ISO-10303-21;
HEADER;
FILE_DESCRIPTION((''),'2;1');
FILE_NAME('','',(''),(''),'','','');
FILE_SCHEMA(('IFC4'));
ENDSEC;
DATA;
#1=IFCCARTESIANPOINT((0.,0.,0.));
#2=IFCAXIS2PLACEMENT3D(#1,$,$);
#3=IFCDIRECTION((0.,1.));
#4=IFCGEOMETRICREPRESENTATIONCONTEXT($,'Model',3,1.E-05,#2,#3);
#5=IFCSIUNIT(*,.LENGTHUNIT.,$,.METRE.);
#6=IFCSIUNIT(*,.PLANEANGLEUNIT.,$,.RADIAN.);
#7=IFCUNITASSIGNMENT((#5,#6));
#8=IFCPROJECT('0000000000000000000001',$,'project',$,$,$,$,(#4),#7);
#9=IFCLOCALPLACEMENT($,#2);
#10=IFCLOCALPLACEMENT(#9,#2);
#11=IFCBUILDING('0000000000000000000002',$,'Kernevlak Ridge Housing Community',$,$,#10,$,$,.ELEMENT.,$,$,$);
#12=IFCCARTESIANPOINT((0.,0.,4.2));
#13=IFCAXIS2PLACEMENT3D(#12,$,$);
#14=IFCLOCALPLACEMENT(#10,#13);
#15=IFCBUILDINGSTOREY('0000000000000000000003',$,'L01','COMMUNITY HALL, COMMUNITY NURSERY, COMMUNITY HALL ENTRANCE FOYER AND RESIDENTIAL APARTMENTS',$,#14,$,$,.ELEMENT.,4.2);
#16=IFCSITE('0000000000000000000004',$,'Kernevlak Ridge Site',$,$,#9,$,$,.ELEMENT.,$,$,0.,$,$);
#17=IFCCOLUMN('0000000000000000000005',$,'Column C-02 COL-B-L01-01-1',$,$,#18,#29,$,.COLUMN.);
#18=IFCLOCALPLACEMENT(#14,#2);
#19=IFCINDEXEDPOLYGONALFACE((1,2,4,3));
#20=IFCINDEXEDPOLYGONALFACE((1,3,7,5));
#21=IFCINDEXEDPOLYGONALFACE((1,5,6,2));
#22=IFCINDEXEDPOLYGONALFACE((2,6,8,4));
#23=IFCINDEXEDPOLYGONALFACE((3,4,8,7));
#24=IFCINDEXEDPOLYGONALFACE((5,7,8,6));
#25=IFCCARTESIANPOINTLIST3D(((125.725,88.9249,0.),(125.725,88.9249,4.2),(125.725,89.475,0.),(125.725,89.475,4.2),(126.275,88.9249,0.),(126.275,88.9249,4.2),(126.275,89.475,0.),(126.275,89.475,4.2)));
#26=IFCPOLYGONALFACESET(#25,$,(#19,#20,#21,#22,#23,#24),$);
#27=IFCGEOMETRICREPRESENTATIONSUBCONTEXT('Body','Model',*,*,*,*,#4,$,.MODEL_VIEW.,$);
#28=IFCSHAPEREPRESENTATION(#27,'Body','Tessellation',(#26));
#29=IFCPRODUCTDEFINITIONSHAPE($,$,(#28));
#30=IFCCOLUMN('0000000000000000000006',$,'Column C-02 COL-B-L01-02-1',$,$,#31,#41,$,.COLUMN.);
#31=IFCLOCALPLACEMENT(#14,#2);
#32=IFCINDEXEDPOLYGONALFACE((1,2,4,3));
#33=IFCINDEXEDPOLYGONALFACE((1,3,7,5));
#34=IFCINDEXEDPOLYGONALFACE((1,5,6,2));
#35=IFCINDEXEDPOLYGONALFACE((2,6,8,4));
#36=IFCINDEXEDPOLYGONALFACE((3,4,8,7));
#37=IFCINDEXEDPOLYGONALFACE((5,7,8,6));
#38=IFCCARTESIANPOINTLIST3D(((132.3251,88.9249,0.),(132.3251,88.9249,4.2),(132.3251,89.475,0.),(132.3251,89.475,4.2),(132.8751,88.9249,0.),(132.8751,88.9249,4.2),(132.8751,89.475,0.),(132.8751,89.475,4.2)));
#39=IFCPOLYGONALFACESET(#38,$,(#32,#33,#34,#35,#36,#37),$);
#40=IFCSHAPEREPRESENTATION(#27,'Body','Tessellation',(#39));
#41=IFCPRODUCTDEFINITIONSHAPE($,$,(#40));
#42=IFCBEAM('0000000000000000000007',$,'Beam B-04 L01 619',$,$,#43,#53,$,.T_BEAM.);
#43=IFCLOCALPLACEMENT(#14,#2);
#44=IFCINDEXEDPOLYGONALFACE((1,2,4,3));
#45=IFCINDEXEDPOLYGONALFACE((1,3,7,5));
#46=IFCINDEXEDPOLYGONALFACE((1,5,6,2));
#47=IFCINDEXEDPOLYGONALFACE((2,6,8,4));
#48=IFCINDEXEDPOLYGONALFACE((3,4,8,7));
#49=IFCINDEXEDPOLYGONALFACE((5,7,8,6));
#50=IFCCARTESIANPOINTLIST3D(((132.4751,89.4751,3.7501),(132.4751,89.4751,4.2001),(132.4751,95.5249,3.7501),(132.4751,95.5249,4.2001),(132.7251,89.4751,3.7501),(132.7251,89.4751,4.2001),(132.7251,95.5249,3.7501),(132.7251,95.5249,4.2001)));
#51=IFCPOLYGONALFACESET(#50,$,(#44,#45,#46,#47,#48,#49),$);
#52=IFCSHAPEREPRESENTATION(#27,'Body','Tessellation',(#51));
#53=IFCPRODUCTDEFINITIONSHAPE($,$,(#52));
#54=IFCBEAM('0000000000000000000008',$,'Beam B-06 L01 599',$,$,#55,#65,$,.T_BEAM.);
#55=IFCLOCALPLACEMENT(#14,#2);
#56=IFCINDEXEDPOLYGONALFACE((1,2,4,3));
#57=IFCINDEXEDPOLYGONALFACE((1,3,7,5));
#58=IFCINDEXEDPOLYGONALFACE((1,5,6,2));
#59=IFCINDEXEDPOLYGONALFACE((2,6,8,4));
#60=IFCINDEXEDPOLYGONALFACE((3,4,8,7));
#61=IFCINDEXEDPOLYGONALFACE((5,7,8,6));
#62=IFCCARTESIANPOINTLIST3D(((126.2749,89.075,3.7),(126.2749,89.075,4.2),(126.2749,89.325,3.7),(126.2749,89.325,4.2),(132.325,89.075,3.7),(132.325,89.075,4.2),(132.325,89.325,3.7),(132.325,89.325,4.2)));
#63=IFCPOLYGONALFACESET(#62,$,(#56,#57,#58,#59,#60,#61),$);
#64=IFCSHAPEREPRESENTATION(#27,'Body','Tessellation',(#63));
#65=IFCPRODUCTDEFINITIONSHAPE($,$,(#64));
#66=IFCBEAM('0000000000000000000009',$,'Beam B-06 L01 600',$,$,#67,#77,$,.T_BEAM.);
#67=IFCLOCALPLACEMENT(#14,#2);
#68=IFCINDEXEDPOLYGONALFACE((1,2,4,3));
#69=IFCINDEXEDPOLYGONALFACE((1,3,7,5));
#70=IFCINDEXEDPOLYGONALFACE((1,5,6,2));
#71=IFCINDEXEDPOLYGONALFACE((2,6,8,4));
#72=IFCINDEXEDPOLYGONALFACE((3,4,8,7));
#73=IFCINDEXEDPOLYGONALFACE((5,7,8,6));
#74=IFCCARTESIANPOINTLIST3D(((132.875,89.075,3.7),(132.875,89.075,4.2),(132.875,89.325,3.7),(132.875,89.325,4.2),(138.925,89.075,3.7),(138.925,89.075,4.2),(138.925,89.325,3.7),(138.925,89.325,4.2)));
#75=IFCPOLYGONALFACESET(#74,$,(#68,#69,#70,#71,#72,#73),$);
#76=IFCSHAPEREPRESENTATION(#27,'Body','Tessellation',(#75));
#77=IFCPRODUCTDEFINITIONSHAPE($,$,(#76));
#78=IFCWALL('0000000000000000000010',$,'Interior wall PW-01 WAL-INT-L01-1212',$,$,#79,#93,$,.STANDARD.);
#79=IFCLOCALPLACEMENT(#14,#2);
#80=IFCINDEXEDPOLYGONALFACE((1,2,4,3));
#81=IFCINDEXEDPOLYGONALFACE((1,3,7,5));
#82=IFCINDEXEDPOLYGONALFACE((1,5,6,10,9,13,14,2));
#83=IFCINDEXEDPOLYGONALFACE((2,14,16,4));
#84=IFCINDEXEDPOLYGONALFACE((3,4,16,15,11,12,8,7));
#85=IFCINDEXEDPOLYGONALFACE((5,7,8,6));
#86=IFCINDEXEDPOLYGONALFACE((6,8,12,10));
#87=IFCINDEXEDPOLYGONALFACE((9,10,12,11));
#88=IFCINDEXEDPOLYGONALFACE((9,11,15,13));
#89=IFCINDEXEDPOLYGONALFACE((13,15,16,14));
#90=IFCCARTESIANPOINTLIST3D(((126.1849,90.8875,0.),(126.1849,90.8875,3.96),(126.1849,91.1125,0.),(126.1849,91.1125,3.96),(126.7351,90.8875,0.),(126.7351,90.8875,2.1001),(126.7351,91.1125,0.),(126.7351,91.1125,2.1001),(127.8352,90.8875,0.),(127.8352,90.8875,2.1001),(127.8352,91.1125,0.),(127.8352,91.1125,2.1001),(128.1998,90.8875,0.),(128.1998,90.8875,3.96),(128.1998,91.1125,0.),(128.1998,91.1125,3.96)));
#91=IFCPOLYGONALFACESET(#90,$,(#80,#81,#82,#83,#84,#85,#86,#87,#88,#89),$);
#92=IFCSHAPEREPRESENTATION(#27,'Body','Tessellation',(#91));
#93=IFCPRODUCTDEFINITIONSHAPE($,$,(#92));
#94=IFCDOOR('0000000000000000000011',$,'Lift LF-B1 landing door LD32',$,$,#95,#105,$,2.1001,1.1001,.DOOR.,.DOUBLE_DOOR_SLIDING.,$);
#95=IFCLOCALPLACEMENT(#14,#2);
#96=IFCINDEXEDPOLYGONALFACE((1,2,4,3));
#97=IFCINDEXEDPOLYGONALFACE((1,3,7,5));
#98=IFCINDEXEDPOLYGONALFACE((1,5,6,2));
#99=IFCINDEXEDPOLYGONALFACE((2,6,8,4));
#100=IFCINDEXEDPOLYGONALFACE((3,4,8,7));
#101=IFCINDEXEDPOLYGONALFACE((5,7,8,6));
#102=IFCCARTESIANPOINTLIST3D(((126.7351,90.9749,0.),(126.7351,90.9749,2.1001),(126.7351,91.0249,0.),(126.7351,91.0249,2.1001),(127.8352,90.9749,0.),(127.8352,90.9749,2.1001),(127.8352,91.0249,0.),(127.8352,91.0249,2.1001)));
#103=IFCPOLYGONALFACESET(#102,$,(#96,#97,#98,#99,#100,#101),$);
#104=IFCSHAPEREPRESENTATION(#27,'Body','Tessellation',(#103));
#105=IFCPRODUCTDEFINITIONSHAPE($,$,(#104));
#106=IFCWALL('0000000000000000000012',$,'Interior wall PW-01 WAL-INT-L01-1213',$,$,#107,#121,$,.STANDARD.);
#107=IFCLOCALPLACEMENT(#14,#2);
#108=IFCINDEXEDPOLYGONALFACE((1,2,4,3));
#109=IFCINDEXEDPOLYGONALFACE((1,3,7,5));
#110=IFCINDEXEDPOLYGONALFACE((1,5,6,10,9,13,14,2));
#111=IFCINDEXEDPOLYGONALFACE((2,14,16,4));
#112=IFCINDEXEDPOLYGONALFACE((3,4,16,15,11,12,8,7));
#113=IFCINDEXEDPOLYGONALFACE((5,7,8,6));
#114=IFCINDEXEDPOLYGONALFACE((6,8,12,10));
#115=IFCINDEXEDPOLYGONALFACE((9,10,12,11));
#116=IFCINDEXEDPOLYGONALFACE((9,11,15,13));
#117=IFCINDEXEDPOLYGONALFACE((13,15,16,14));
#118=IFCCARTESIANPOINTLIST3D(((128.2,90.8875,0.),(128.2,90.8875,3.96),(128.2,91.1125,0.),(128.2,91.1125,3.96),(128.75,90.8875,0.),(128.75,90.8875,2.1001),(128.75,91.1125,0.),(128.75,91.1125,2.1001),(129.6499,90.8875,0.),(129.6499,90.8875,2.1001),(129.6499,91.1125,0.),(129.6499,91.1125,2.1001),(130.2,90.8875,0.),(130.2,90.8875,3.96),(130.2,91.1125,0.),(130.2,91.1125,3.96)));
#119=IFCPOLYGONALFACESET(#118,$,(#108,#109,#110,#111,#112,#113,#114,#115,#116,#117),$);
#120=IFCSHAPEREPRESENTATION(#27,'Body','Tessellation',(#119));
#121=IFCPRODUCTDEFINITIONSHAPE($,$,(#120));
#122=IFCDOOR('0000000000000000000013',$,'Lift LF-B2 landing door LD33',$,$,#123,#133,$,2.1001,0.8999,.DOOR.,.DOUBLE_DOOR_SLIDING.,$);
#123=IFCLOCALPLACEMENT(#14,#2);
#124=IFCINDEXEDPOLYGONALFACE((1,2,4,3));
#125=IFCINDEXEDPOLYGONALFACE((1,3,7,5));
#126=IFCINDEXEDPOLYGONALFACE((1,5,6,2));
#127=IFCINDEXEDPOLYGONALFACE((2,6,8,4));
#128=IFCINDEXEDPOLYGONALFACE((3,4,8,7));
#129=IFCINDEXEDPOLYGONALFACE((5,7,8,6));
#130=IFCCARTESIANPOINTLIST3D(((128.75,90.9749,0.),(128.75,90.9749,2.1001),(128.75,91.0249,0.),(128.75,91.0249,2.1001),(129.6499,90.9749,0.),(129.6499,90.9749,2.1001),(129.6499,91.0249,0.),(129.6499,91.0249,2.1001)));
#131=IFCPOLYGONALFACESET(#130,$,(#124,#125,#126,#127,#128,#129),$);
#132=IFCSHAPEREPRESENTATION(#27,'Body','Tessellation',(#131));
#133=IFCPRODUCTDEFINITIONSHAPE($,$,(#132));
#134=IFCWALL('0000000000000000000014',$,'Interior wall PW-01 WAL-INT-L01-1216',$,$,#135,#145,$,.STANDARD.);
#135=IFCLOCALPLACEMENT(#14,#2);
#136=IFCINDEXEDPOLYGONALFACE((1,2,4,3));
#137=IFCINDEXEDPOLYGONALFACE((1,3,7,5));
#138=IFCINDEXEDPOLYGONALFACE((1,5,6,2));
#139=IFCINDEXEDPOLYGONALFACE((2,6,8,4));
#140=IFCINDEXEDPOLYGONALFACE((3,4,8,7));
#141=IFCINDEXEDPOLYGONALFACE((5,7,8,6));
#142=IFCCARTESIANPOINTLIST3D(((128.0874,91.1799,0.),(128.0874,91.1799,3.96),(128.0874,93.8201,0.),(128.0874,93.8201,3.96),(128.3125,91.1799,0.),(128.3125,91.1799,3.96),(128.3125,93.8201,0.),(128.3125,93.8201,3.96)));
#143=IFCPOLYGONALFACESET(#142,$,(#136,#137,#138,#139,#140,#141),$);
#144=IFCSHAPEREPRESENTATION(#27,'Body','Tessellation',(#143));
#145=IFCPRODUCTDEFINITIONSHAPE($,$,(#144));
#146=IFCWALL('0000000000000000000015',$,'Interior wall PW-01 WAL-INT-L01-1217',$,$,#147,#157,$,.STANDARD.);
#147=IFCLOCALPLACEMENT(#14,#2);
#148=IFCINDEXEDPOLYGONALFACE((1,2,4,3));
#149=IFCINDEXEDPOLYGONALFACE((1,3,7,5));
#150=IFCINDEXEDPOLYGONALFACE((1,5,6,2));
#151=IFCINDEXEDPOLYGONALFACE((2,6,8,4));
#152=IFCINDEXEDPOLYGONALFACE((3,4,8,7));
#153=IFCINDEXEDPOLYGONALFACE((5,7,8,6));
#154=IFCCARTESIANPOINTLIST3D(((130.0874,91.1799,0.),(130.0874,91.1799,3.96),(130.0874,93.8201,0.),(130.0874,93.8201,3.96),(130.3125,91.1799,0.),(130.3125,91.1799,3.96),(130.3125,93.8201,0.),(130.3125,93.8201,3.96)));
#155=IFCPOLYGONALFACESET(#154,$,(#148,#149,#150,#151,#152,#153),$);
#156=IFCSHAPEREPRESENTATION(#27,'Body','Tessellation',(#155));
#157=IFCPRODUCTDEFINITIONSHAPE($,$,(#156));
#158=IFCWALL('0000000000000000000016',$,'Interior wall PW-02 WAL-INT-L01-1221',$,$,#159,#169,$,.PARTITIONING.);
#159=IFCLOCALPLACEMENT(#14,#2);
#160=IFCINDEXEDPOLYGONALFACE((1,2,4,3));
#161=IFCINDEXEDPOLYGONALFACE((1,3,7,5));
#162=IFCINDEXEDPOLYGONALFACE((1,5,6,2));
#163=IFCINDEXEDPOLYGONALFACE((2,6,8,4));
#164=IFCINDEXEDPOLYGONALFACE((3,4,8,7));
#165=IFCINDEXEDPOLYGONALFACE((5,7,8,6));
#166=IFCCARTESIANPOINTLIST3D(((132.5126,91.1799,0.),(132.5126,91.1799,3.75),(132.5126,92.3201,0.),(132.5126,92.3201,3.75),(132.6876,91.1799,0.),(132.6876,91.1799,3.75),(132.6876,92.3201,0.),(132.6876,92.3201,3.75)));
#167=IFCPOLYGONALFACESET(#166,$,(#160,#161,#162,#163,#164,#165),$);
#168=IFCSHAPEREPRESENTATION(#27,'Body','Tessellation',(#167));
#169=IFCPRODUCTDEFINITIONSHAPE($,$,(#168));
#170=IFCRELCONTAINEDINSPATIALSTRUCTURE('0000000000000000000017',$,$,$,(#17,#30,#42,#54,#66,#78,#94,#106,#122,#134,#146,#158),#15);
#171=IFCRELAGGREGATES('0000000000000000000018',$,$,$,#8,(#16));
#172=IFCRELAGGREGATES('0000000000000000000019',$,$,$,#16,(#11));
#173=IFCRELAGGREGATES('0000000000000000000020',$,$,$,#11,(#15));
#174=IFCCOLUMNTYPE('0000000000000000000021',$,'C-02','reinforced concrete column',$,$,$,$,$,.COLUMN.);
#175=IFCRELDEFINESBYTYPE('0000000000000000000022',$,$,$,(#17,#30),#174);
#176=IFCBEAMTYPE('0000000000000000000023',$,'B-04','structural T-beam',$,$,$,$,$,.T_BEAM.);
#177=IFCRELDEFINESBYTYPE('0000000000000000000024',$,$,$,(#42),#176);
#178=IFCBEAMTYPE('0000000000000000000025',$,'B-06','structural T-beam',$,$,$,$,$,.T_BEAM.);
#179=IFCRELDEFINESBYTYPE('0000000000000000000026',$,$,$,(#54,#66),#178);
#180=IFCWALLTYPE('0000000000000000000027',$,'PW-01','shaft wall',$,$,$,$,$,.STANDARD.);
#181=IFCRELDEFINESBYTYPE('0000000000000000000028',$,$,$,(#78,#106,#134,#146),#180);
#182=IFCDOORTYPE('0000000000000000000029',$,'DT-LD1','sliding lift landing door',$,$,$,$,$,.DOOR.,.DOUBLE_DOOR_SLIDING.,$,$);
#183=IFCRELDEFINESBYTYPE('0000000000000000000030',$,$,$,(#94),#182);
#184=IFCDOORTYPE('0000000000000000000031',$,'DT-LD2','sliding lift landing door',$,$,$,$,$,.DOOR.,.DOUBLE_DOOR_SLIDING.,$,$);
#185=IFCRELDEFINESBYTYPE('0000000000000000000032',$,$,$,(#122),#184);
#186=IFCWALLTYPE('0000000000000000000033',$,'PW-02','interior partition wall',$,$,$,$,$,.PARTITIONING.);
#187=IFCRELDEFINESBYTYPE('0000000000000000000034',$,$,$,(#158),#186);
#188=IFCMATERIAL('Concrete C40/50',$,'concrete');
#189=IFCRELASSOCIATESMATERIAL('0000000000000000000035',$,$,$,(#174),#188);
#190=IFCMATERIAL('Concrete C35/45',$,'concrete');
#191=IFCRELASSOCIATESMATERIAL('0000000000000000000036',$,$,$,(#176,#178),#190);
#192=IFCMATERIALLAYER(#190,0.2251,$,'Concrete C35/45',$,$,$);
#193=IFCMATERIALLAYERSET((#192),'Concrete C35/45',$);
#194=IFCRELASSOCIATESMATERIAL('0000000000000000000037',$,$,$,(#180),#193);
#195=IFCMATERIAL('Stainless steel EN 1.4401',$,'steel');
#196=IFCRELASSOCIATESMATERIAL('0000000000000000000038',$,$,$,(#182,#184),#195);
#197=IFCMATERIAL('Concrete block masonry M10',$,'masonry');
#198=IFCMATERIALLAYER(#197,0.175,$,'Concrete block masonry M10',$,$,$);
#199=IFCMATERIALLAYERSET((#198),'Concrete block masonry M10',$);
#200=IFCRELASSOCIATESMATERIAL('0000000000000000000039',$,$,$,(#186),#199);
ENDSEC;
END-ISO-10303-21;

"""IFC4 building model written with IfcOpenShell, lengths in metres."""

from ifc_helpers import new_model, si_unit, direction, frame, frame_2d, origin, origin_2d, place, context, subcontext, project, spatial, rectangle, extrude, material, layer, layer_set, material_profile, profile_set, type_object, element, fill, save


model = new_model("IFC4")

# Units and contexts
model_context = context("Model", 3, precision=1e-05, world=origin(), true_north=direction((0.0, 1.0)))
body_context = subcontext(model_context, "Body", "Model", "MODEL_VIEW")
ifc_project = project(units=[si_unit("LENGTHUNIT", "METRE"), si_unit("PLANEANGLEUNIT", "RADIAN")], contexts=[model_context])

# Site, building, storey
site_placement = place(None, origin())
site = spatial("IfcSite", under=ifc_project, at=site_placement, Name="Kernevlak Ridge Site", CompositionType="ELEMENT", RefElevation=0.0)
building_placement = place(site_placement, origin())
building = spatial("IfcBuilding", under=site, at=building_placement, Name="Kernevlak Ridge Housing Community", CompositionType="ELEMENT")
storey_placement = place(building_placement, frame((0.0, 0.0, 4.2)))
storey = spatial("IfcBuildingStorey", under=building, at=storey_placement, Name="L01", Description="COMMUNITY HALL, COMMUNITY NURSERY, COMMUNITY HALL ENTRANCE FOYER AND RESIDENTIAL APARTMENTS", CompositionType="ELEMENT", Elevation=4.2)

# Columns
ifc_material_1 = material(Name="Concrete C40/50", Category="concrete")
ifc_material_profile_1 = material_profile(ifc_material_1, rectangle(XDim=0.55, YDim=0.55, at=origin_2d()), Name="RC 550x550")
ifc_profile_set_1 = profile_set([ifc_material_profile_1], Name="Concrete C40/50")
column_type = type_object("IfcColumnType", Name="C-02", Description="reinforced concrete column", PredefinedType="COLUMN", material=ifc_profile_set_1)
for number, where, z_axis, x_axis, name in (
    (1, (126.0, 89.2, 0.0), (0.0, 0.0, 1.0), (1.0, 0.0, 0.0), "Column C-02 COL-B-L01-01-1"),
    (2, (132.6001, 89.2, 0.0), (0.0, 0.0, 1.0), (1.0, 0.0, 0.0), "Column C-02 COL-B-L01-02-1"),
):
    element("IfcColumn", number, at=place(storey_placement, frame(where, z_axis=z_axis, x_axis=x_axis)), inside=storey, type_object=column_type, Name=name, PredefinedType="COLUMN", context=body_context, shape_type="SweptSolid", body=[
        extrude(rectangle(XDim=0.55, YDim=0.55, at=origin_2d()), origin(), (0.0, 0.0, 1.0), 4.2),
    ])

# Beams
ifc_material_2 = material(Name="Concrete C35/45", Category="concrete")
ifc_material_profile_2 = material_profile(ifc_material_2, rectangle(XDim=0.25, YDim=0.45, at=origin_2d()), Name="RC 250x450")
ifc_profile_set_2 = profile_set([ifc_material_profile_2], Name="Concrete C35/45")
beam_type_1 = type_object("IfcBeamType", Name="B-04", Description="structural T-beam", PredefinedType="T_BEAM", material=ifc_profile_set_2)
beam_placement = place(storey_placement, frame((132.6001, 89.4751, 3.9751), z_axis=(0.0, 1.0, 0.0), x_axis=(-1.0, 0.0, 0.0)))
element("IfcBeam", 3, at=beam_placement, inside=storey, type_object=beam_type_1, Name="Beam B-04 L01 619", PredefinedType="T_BEAM", context=body_context, shape_type="SweptSolid", body=[
    extrude(rectangle(XDim=0.25, YDim=0.45, at=origin_2d()), origin(), (0.0, 0.0, 1.0), 6.0498),
])
ifc_material_profile_3 = material_profile(ifc_material_2, rectangle(XDim=0.25, YDim=0.5, at=origin_2d()), Name="RC 250x500")
ifc_profile_set_3 = profile_set([ifc_material_profile_3], Name="Concrete C35/45")
beam_type_2 = type_object("IfcBeamType", Name="B-06", Description="structural T-beam", PredefinedType="T_BEAM", material=ifc_profile_set_3)
for number, where, z_axis, x_axis, name in (
    (4, (126.2749, 89.2, 3.95), (1.0, 0.0, 0.0), (0.0, 1.0, 0.0), "Beam B-06 L01 599"),
    (5, (132.875, 89.2, 3.95), (1.0, 0.0, 0.0), (0.0, 1.0, 0.0), "Beam B-06 L01 600"),
):
    element("IfcBeam", number, at=place(storey_placement, frame(where, z_axis=z_axis, x_axis=x_axis)), inside=storey, type_object=beam_type_2, Name=name, PredefinedType="T_BEAM", context=body_context, shape_type="SweptSolid", body=[
        extrude(rectangle(XDim=0.25, YDim=0.5, at=origin_2d()), origin(), (0.0, 0.0, 1.0), 6.05),
    ])

# Walls, openings, doors
ifc_layer_1 = layer(ifc_material_2, 0.2251, Name="Concrete C35/45")
ifc_layer_set_1 = layer_set([ifc_layer_1], Name="Concrete C35/45")
wall_type_1 = type_object("IfcWallType", Name="PW-01", Description="shaft wall", PredefinedType="STANDARD", material=ifc_layer_set_1)
wall_1_placement = place(storey_placement, frame((126.1851, 91.0, 0.0), z_axis=(0.0, 0.0, 1.0), x_axis=(1.0, 0.0, 0.0)))
wall_1 = element("IfcWall", 6, at=wall_1_placement, inside=storey, type_object=wall_type_1, Name="Interior wall PW-01 WAL-INT-L01-1212", PredefinedType="STANDARD", context=body_context, shape_type="SweptSolid", body=[
    extrude(rectangle(XDim=2.0149, YDim=0.2251, at=frame_2d((1.0073, 0.0))), origin(), (0.0, 0.0, 1.0), 3.96),
])
opening_1_placement = place(wall_1_placement, frame((0.55, 0.0, 0.0)))
opening_1 = element("IfcOpeningElement", 7, at=opening_1_placement, cuts=wall_1, PredefinedType="OPENING", context=body_context, shape_type="SweptSolid", body=[
    extrude(rectangle(XDim=1.1001, YDim=2.1001, at=frame_2d((0.55, 1.05))), frame((0.0, 0.1226, 0.0), z_axis=(0.0, -1.0, 0.0), x_axis=(1.0, 0.0, 0.0)), (0.0, 0.0, 1.0), 0.2451),
])
ifc_material_3 = material(Name="Stainless steel EN 1.4401", Category="steel")
door_type_1 = type_object("IfcDoorType", Name="DT-LD1", Description="sliding lift landing door", OperationType="DOUBLE_DOOR_SLIDING", PredefinedType="DOOR", material=ifc_material_3)
door_1_placement = place(opening_1_placement, origin())
door_1 = element("IfcDoor", 8, at=door_1_placement, inside=storey, type_object=door_type_1, Name="Lift LF-B1 landing door LD32", OperationType="DOUBLE_DOOR_SLIDING", OverallHeight=2.1001, OverallWidth=1.1001, PredefinedType="DOOR", context=body_context, shape_type="SweptSolid", body=[
    extrude(rectangle(XDim=1.1001, YDim=2.1001, at=frame_2d((0.55, 1.05))), frame((0.0, 0.0249, 0.0), z_axis=(0.0, -1.0, 0.0), x_axis=(1.0, 0.0, 0.0)), (0.0, 0.0, 1.0), 0.05),
])
fill(opening_1, door_1)
wall_2_placement = place(storey_placement, frame((128.2, 91.0, 0.0), z_axis=(0.0, 0.0, 1.0), x_axis=(1.0, 0.0, 0.0)))
wall_2 = element("IfcWall", 9, at=wall_2_placement, inside=storey, type_object=wall_type_1, Name="Interior wall PW-01 WAL-INT-L01-1213", PredefinedType="STANDARD", context=body_context, shape_type="SweptSolid", body=[
    extrude(rectangle(XDim=2.0, YDim=0.2251, at=frame_2d((1.0, 0.0))), origin(), (0.0, 0.0, 1.0), 3.96),
])
opening_2_placement = place(wall_2_placement, frame((0.55, 0.0, 0.0)))
opening_2 = element("IfcOpeningElement", 10, at=opening_2_placement, cuts=wall_2, PredefinedType="OPENING", context=body_context, shape_type="SweptSolid", body=[
    extrude(rectangle(XDim=0.8999, YDim=2.1001, at=frame_2d((0.45, 1.05))), frame((0.0, 0.1226, 0.0), z_axis=(0.0, -1.0, 0.0), x_axis=(1.0, 0.0, 0.0)), (0.0, 0.0, 1.0), 0.2451),
])
door_type_2 = type_object("IfcDoorType", Name="DT-LD2", Description="sliding lift landing door", OperationType="DOUBLE_DOOR_SLIDING", PredefinedType="DOOR", material=ifc_material_3)
door_2_placement = place(opening_2_placement, origin())
door_2 = element("IfcDoor", 11, at=door_2_placement, inside=storey, type_object=door_type_2, Name="Lift LF-B2 landing door LD33", OperationType="DOUBLE_DOOR_SLIDING", OverallHeight=2.1001, OverallWidth=0.8999, PredefinedType="DOOR", context=body_context, shape_type="SweptSolid", body=[
    extrude(rectangle(XDim=0.8999, YDim=2.1001, at=frame_2d((0.45, 1.05))), frame((0.0, 0.0249, 0.0), z_axis=(0.0, -1.0, 0.0), x_axis=(1.0, 0.0, 0.0)), (0.0, 0.0, 1.0), 0.05),
])
fill(opening_2, door_2)

# Walls
for number, where, z_axis, x_axis, name in (
    (12, (128.2, 91.1799, 0.0), (0.0, 0.0, 1.0), (0.0, 1.0, 0.0), "Interior wall PW-01 WAL-INT-L01-1216"),
    (13, (130.2, 91.1799, 0.0), (0.0, 0.0, 1.0), (0.0, 1.0, 0.0), "Interior wall PW-01 WAL-INT-L01-1217"),
):
    element("IfcWall", number, at=place(storey_placement, frame(where, z_axis=z_axis, x_axis=x_axis)), inside=storey, type_object=wall_type_1, Name=name, PredefinedType="STANDARD", context=body_context, shape_type="SweptSolid", body=[
        extrude(rectangle(XDim=2.6401, YDim=0.2251, at=frame_2d((1.3201, 0.0))), origin(), (0.0, 0.0, 1.0), 3.96),
    ])

# Shared definitions
ifc_material_4 = material(Name="Concrete block masonry M10", Category="masonry")
ifc_layer_2 = layer(ifc_material_4, 0.175, Name="Concrete block masonry M10")
ifc_layer_set_2 = layer_set([ifc_layer_2], Name="Concrete block masonry M10")
wall_type_2 = type_object("IfcWallType", Name="PW-02", Description="interior partition wall", PredefinedType="PARTITIONING", material=ifc_layer_set_2)

# Wall
wall_3_placement = place(storey_placement, frame((132.6001, 91.1799, 0.0), z_axis=(0.0, 0.0, 1.0), x_axis=(0.0, 1.0, 0.0)))
element("IfcWall", 14, at=wall_3_placement, inside=storey, type_object=wall_type_2, Name="Interior wall PW-02 WAL-INT-L01-1221", PredefinedType="PARTITIONING", context=body_context, shape_type="SweptSolid", body=[
    extrude(rectangle(XDim=1.1401, YDim=0.175, at=frame_2d((0.5701, 0.0))), origin(), (0.0, 0.0, 1.0), 3.75),
])

save(model, "model.ifc")
